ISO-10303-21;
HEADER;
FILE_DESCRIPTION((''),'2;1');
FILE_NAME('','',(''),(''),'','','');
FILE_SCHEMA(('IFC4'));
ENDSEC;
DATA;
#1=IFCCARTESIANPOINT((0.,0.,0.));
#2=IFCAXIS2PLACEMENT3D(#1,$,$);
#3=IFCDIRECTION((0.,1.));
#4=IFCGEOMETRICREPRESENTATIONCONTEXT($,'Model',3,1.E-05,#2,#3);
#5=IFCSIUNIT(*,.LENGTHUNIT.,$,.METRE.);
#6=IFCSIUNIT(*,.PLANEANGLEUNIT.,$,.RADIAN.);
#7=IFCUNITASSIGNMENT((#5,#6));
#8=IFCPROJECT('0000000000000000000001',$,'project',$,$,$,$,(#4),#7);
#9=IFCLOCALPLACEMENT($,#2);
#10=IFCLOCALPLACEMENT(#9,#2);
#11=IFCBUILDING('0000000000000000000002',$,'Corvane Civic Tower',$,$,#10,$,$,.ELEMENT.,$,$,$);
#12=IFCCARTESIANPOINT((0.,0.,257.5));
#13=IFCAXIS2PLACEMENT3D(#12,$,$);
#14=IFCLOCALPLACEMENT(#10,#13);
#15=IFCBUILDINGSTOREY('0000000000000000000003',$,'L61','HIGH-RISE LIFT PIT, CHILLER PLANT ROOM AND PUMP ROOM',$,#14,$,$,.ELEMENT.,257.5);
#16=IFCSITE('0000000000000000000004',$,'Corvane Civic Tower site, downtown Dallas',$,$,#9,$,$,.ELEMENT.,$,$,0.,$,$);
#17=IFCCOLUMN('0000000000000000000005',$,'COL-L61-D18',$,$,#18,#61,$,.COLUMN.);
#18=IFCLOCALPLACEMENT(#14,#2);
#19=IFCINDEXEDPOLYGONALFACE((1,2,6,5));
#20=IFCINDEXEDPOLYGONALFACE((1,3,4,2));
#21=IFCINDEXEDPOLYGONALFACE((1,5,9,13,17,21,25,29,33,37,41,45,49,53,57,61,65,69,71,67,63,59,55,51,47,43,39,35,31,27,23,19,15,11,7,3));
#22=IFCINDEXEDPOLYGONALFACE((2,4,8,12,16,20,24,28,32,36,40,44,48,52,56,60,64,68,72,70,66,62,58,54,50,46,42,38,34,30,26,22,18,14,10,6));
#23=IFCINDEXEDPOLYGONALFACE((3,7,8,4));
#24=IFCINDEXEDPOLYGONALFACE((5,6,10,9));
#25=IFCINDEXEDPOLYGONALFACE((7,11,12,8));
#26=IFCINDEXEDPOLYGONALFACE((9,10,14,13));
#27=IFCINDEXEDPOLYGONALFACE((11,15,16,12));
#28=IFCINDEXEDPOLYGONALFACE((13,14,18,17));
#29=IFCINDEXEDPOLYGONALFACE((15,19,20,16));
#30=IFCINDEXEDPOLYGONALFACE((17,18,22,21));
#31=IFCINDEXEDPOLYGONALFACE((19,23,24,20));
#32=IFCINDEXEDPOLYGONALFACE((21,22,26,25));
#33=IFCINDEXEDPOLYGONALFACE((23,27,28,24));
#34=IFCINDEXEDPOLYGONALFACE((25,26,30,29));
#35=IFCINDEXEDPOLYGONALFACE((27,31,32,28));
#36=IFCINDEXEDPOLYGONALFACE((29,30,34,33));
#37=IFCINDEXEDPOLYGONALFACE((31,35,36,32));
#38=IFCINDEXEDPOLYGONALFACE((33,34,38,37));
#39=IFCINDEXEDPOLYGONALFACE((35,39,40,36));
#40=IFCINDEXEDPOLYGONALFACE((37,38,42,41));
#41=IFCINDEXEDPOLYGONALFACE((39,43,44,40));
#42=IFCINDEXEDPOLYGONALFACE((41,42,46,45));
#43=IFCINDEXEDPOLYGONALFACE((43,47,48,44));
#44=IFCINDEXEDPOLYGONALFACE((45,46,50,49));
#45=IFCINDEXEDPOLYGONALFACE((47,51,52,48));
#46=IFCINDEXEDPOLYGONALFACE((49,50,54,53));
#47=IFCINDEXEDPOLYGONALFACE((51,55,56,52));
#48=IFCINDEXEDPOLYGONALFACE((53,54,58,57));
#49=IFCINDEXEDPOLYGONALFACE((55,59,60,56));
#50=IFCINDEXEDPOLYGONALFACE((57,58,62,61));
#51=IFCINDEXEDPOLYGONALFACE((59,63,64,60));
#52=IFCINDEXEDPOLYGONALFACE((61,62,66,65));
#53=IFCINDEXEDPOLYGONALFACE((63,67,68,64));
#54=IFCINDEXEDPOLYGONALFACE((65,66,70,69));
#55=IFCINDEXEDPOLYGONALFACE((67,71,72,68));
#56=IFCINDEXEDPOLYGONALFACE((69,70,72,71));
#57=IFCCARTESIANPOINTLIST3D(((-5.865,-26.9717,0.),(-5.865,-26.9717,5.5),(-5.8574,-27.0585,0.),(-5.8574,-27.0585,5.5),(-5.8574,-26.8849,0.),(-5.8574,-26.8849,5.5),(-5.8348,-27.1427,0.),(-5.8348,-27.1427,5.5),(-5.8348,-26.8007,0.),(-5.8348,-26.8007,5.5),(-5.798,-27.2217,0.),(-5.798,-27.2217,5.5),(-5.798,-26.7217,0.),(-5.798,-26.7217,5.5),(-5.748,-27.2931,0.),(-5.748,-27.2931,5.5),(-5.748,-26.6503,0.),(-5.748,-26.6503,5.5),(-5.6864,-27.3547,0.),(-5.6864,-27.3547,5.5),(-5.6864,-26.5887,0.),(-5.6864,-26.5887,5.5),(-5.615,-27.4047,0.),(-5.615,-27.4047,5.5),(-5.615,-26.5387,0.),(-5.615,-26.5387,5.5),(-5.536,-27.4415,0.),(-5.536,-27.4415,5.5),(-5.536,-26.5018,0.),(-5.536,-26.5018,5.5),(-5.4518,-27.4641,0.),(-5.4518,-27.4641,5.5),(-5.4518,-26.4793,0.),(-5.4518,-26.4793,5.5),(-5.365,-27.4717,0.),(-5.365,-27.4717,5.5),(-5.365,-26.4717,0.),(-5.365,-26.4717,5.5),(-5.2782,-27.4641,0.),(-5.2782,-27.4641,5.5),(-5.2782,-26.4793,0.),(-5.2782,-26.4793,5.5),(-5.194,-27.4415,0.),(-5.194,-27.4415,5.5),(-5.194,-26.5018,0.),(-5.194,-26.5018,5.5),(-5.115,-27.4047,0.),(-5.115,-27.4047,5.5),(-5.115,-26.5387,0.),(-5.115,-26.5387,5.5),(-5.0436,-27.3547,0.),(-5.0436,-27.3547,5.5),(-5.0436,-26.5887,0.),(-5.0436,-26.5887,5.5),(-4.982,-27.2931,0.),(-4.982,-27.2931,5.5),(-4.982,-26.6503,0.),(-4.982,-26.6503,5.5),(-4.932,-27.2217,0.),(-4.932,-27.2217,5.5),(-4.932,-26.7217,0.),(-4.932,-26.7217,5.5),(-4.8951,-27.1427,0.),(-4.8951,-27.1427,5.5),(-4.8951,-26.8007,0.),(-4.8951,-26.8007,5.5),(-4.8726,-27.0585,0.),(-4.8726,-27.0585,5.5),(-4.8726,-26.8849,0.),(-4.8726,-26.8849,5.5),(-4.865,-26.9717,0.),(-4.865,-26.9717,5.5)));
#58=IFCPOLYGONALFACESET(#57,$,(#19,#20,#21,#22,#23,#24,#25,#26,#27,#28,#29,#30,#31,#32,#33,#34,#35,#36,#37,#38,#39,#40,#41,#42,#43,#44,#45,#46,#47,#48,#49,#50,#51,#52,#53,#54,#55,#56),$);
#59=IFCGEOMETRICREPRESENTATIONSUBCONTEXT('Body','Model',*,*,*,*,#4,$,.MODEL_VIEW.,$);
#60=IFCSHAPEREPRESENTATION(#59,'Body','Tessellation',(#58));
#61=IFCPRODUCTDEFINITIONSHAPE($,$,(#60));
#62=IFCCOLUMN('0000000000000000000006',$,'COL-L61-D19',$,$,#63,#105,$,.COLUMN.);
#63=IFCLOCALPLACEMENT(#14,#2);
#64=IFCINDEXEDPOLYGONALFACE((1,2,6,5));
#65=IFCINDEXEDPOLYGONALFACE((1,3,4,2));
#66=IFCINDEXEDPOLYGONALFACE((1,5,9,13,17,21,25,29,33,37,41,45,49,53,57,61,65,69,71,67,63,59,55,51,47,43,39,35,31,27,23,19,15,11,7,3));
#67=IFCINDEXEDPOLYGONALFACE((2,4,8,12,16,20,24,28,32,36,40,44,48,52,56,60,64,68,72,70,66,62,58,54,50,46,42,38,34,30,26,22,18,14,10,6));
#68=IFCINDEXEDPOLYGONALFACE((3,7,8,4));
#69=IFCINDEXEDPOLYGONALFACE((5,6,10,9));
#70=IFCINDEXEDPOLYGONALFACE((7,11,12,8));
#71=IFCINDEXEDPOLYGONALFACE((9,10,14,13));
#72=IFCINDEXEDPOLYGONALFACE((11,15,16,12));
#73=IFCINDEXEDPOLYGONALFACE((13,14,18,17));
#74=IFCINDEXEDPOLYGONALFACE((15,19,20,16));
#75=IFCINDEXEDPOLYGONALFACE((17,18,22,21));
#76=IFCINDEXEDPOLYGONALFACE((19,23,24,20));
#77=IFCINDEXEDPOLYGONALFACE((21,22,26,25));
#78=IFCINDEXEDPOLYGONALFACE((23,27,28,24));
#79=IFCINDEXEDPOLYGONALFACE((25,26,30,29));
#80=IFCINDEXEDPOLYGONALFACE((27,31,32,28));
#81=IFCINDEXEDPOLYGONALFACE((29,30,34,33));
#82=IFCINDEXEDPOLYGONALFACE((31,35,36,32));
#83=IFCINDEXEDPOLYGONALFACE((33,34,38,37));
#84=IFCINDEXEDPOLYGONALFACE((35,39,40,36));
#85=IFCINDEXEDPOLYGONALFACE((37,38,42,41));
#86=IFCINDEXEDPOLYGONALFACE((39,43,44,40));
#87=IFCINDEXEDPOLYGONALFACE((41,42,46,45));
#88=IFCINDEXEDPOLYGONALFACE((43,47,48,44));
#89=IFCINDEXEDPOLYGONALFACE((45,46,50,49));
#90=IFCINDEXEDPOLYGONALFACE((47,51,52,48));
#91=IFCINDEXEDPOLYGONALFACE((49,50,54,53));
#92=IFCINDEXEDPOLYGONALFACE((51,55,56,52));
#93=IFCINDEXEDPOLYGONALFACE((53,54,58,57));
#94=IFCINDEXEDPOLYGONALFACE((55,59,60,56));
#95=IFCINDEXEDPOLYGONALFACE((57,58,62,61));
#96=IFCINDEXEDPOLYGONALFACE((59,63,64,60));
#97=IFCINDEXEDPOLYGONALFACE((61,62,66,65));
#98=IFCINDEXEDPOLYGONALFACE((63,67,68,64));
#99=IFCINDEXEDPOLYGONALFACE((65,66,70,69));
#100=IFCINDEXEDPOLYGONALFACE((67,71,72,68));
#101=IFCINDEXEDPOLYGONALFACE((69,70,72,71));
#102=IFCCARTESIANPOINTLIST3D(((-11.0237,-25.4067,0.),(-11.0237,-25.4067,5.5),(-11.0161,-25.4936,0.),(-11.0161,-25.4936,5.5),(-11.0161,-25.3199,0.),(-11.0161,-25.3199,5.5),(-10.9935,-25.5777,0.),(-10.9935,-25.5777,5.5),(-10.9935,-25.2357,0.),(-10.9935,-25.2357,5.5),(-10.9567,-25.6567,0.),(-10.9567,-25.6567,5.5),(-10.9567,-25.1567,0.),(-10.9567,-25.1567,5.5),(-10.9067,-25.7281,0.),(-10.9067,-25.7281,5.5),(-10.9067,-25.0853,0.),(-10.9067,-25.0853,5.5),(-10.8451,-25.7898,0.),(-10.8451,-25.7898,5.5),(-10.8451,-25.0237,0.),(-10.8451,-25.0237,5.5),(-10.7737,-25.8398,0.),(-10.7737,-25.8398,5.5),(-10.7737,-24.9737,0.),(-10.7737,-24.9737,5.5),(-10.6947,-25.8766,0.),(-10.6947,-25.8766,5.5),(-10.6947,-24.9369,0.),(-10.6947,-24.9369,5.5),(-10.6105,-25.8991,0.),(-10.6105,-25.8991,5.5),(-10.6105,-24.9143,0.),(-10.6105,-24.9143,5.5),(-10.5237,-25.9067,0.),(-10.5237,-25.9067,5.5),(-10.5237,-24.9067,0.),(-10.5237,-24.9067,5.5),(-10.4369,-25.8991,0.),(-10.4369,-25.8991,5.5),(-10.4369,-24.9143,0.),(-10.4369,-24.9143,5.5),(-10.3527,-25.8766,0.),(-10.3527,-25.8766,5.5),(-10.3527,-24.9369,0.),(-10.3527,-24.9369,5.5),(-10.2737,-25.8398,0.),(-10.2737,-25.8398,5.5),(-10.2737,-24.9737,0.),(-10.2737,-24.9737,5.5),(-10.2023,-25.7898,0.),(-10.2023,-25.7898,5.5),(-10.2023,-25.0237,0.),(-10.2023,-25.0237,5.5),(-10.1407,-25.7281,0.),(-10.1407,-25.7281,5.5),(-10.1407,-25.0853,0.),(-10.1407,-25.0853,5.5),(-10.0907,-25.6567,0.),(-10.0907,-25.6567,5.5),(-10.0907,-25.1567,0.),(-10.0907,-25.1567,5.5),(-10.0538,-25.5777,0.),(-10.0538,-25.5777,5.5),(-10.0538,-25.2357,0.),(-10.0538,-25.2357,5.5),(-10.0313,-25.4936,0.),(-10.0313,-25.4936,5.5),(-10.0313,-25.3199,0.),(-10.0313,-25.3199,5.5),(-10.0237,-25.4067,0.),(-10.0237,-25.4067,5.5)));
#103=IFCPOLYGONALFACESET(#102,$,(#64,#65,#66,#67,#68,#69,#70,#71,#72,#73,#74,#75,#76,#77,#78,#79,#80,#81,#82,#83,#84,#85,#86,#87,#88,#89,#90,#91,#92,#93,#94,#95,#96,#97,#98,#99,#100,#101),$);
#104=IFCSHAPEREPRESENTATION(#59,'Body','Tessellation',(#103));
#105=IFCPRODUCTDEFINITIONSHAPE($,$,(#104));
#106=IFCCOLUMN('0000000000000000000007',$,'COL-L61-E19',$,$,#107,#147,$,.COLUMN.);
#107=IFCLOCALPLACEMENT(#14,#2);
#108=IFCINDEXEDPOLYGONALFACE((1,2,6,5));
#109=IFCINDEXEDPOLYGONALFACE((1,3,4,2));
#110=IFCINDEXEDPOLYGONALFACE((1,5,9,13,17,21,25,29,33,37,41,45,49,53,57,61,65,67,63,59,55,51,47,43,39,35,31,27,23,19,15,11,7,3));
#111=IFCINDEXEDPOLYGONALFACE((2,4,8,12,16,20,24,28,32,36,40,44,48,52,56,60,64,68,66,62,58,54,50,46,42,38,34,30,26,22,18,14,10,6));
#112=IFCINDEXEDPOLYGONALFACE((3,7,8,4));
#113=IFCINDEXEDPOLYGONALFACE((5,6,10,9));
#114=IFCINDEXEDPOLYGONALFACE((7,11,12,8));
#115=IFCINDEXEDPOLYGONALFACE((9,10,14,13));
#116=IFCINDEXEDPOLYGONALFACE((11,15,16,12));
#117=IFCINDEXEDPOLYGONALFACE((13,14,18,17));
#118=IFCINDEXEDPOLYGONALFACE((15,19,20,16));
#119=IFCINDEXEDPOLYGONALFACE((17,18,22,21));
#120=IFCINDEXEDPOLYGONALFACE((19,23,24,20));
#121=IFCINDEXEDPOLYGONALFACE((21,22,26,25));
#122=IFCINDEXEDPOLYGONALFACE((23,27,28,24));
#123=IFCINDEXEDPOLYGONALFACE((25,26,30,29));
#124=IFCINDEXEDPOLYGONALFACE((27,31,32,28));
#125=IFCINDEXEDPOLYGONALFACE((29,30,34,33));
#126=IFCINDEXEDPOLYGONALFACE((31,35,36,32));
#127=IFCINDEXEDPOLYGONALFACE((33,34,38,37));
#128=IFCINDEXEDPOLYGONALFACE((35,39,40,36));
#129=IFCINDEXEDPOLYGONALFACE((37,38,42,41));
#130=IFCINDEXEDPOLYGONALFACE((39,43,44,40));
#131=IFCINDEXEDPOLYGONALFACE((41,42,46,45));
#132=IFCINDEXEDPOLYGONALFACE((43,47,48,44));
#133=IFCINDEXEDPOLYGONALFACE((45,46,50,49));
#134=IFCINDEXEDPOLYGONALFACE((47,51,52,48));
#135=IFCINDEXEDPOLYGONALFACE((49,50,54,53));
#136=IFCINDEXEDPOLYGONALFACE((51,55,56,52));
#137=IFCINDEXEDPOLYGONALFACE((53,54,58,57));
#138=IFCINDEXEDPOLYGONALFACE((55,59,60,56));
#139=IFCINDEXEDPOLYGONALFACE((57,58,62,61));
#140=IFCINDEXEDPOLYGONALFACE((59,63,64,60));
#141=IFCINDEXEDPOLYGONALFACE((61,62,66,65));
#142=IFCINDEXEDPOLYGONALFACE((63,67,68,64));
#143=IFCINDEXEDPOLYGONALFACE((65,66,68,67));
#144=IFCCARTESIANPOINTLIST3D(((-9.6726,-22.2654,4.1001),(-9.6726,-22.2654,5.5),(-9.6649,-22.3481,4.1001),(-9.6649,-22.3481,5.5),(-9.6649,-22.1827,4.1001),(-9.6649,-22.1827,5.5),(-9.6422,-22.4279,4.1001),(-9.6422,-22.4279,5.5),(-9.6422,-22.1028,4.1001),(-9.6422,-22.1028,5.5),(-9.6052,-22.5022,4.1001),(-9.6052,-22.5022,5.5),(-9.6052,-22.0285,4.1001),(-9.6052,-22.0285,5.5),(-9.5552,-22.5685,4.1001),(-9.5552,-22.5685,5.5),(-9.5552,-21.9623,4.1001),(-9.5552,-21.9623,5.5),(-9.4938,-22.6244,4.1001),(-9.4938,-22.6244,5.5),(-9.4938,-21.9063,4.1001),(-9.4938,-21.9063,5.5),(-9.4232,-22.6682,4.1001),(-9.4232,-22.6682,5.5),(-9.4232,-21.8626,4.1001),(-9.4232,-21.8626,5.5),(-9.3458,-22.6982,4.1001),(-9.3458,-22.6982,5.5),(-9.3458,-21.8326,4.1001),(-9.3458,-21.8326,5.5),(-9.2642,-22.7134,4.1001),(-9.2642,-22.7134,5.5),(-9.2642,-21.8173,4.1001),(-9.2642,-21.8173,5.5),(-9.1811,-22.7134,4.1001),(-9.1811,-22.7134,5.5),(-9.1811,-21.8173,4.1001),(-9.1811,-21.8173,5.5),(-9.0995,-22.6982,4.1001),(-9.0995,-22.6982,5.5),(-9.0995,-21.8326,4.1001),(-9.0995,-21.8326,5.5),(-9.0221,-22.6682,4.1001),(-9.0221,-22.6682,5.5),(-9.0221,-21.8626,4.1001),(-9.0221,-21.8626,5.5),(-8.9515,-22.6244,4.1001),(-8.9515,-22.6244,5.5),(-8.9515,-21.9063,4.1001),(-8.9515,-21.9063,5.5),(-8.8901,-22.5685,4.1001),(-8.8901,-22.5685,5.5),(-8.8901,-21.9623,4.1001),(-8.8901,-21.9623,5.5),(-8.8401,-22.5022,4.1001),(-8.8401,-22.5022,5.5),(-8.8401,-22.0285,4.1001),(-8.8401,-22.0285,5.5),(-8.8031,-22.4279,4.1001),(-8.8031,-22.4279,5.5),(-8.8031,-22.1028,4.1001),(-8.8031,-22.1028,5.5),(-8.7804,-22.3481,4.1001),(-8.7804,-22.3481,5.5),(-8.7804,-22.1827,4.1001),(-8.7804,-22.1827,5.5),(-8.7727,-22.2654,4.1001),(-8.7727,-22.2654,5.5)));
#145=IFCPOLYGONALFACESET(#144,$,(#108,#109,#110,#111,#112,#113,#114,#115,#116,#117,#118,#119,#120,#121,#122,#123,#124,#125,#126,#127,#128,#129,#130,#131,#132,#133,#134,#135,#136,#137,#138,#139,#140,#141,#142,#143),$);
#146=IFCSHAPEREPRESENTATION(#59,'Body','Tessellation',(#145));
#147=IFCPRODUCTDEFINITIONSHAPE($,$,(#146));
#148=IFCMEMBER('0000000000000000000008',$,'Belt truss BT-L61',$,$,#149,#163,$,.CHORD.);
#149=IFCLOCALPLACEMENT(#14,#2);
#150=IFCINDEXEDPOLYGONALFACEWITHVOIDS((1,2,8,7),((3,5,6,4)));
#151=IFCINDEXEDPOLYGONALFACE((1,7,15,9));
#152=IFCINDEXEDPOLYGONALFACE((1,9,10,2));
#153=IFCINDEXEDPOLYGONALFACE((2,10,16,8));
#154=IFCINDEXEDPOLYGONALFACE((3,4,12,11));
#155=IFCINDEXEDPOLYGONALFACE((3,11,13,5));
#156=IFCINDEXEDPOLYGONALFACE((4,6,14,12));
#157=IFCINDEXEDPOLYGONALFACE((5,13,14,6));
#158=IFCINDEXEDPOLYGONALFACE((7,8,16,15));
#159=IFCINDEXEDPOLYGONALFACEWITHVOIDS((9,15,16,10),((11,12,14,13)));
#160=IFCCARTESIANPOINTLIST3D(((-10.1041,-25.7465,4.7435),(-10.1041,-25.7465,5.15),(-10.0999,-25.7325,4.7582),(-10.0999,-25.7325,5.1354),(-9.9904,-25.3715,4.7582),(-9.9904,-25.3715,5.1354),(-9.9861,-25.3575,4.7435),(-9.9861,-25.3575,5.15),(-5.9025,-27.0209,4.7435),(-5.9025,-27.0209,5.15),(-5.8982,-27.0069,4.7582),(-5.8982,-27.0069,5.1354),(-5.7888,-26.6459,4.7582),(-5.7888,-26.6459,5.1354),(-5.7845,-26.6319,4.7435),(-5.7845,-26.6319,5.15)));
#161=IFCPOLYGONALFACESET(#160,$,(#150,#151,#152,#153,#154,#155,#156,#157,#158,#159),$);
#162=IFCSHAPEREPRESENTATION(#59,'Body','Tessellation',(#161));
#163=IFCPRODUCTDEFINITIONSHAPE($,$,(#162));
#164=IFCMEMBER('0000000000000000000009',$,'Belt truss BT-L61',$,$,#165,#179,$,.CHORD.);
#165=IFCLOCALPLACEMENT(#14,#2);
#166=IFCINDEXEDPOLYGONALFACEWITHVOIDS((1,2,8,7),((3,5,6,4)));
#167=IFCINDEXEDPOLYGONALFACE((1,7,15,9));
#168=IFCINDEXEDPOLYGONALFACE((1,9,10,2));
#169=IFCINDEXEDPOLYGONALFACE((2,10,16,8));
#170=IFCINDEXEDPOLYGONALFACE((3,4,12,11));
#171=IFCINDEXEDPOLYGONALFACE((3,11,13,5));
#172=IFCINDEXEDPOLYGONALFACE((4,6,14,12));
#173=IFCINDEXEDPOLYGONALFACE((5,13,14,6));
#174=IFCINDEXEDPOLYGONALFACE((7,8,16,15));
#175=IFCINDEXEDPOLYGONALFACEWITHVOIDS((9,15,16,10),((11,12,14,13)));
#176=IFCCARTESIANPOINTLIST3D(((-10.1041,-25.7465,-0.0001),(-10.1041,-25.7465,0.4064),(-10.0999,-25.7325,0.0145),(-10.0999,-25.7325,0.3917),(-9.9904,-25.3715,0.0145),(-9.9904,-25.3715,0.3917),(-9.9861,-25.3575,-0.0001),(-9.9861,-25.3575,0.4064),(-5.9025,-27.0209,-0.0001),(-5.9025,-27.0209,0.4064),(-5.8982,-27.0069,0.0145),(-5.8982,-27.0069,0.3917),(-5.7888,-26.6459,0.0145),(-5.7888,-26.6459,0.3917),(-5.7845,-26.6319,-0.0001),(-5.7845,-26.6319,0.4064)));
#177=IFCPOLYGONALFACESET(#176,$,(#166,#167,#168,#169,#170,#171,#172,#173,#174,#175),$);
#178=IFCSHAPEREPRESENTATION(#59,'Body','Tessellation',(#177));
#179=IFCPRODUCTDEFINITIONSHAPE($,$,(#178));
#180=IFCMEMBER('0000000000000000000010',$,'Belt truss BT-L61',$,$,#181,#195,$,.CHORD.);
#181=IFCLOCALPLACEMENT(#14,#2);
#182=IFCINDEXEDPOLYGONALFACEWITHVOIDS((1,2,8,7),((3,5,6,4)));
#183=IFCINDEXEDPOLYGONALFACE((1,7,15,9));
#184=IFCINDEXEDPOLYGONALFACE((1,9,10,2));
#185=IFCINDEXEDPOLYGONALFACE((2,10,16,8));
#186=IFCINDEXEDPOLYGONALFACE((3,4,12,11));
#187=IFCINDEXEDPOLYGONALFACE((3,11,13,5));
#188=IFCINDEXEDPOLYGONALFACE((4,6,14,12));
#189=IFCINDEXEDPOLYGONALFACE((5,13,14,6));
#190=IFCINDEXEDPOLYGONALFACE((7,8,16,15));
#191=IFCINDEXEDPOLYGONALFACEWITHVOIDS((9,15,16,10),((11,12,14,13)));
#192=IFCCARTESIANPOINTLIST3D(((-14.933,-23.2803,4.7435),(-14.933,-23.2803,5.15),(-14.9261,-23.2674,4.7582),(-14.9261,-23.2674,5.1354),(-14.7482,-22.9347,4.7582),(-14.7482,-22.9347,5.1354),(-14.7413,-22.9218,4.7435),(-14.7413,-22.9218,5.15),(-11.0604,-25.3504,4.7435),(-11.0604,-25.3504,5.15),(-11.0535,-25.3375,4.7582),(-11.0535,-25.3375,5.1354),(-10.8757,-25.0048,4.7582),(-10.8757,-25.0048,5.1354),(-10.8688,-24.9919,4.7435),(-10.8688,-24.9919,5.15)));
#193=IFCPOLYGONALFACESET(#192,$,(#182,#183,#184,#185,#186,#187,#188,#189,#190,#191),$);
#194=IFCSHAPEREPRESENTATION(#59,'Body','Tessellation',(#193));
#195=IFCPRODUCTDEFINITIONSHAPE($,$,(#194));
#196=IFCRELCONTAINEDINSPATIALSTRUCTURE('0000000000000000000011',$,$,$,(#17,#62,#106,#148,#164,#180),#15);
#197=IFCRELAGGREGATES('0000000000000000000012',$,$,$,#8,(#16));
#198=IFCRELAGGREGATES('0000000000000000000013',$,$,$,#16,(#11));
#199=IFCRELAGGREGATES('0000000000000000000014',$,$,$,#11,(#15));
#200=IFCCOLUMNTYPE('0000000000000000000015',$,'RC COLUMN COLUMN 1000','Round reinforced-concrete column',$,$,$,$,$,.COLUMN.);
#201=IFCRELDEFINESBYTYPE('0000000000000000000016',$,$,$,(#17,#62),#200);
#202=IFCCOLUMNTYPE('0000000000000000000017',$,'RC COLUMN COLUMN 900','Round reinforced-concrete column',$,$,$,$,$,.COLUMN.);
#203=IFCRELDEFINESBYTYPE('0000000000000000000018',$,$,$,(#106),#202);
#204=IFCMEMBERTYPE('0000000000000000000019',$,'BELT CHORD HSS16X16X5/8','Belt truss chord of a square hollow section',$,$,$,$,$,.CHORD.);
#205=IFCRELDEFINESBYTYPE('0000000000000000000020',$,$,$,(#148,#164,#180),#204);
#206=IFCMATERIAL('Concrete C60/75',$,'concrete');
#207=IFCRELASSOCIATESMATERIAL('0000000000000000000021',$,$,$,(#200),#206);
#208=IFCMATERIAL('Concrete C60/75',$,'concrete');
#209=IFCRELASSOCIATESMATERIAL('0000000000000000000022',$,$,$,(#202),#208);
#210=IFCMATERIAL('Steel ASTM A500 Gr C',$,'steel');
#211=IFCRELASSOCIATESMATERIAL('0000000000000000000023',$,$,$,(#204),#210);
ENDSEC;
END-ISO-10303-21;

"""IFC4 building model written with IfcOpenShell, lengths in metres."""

from ifc_helpers import new_model, si_unit, direction, frame, origin, origin_2d, place, context, subcontext, project, spatial, hollow_rectangle, circle, extrude, material, material_profile, profile_set, type_object, element, save


model = new_model("IFC4")

# Units and contexts
model_context = context("Model", 3, precision=1e-05, world=origin(), true_north=direction((0.0, 1.0)))
body_context = subcontext(model_context, "Body", "Model", "MODEL_VIEW")
ifc_project = project(units=[si_unit("LENGTHUNIT", "METRE"), si_unit("PLANEANGLEUNIT", "RADIAN")], contexts=[model_context])

# Site, building, storey
site_placement = place(None, origin())
site = spatial("IfcSite", under=ifc_project, at=site_placement, Name="Corvane Civic Tower site, downtown Dallas", CompositionType="ELEMENT", RefElevation=0.0)
building_placement = place(site_placement, origin())
building = spatial("IfcBuilding", under=site, at=building_placement, Name="Corvane Civic Tower", CompositionType="ELEMENT")
storey_placement = place(building_placement, frame((0.0, 0.0, 257.5)))
storey = spatial("IfcBuildingStorey", under=building, at=storey_placement, Name="L61", Description="HIGH-RISE LIFT PIT, CHILLER PLANT ROOM AND PUMP ROOM", CompositionType="ELEMENT", Elevation=257.5)

# Columns
ifc_material_1 = material(Name="Concrete C60/75", Category="concrete")
ifc_material_profile_1 = material_profile(ifc_material_1, circle(Radius=0.5, at=origin_2d()), Name="COLUMN 1000")
ifc_profile_set_1 = profile_set([ifc_material_profile_1], Name="Concrete C60/75")
column_type_1 = type_object("IfcColumnType", Name="RC COLUMN COLUMN 1000", Description="Round reinforced-concrete column", PredefinedType="COLUMN", material=ifc_profile_set_1)
for number, where, z_axis, x_axis, name in (
    (1, (-5.365, -26.9717, 0.0), (0.0, 0.0, 1.0), (1.0, 0.0, 0.0), "COL-L61-D18"),
    (2, (-10.5237, -25.4067, 0.0), (0.0, 0.0, 1.0), (1.0, 0.0, 0.0), "COL-L61-D19"),
):
    element("IfcColumn", number, at=place(storey_placement, frame(where, z_axis=z_axis, x_axis=x_axis)), inside=storey, type_object=column_type_1, Name=name, PredefinedType="COLUMN", context=body_context, shape_type="SweptSolid", body=[
        extrude(circle(Radius=0.5, at=origin_2d()), origin(), (0.0, 0.0, 1.0), 5.5),
    ])
ifc_material_2 = material(Name="Concrete C60/75", Category="concrete")
ifc_material_profile_2 = material_profile(ifc_material_2, circle(Radius=0.45, at=origin_2d()), Name="COLUMN 900")
ifc_profile_set_2 = profile_set([ifc_material_profile_2], Name="Concrete C60/75")
column_type_2 = type_object("IfcColumnType", Name="RC COLUMN COLUMN 900", Description="Round reinforced-concrete column", PredefinedType="COLUMN", material=ifc_profile_set_2)
column_placement = place(storey_placement, frame((-9.2227, -22.2654, 4.1001), z_axis=(0.0, 0.0, 1.0), x_axis=(1.0, 0.0, 0.0)))
element("IfcColumn", 3, at=column_placement, inside=storey, type_object=column_type_2, Name="COL-L61-E19", PredefinedType="COLUMN", context=body_context, shape_type="SweptSolid", body=[
    extrude(circle(Radius=0.45, at=origin_2d()), origin(), (0.0, 0.0, 1.0), 1.3999),
])

# Members
ifc_material_3 = material(Name="Steel ASTM A500 Gr C", Category="steel")
ifc_material_profile_3 = material_profile(ifc_material_3, hollow_rectangle(XDim=0.4065, YDim=0.4065, WallThickness=0.0146, at=origin_2d()), Name="HSS16X16X5/8")
ifc_profile_set_3 = profile_set([ifc_material_profile_3], Name="Steel ASTM A500 Gr C")
member_type_1 = type_object("IfcMemberType", Name="BELT CHORD HSS16X16X5/8", Description="Belt truss chord of a square hollow section", PredefinedType="CHORD", material=ifc_profile_set_3)
for number, where, z_axis, x_axis, name in (
    (4, (-5.8435, -26.8264, 4.9468), (-0.95695, 0.290254, 0.0), (-0.290254, -0.95695, 0.0), "Belt truss BT-L61"),
    (5, (-5.8435, -26.8264, 0.2031), (-0.95695, 0.290254, 0.0), (-0.290254, -0.95695, 0.0), "Belt truss BT-L61"),
):
    element("IfcMember", number, at=place(storey_placement, frame(where, z_axis=z_axis, x_axis=x_axis)), inside=storey, type_object=member_type_1, Name=name, PredefinedType="CHORD", context=body_context, shape_type="SweptSolid", body=[
        extrude(hollow_rectangle(XDim=0.4065, YDim=0.4065, WallThickness=0.0146, at=origin_2d()), origin(), (0.0, 0.0, 1.0), 4.3906),
    ])
for number, where, z_axis, x_axis, name in (
    (6, (-10.9646, -25.1711, 4.9468), (-0.881908, 0.471422, 0.0), (-0.471422, -0.881908, 0.0), "Belt truss BT-L61"),
):
    element("IfcMember", number, at=place(storey_placement, frame(where, z_axis=z_axis, x_axis=x_axis)), inside=storey, type_object=member_type_1, Name=name, PredefinedType="CHORD", context=body_context, shape_type="SweptSolid", body=[
        extrude(hollow_rectangle(XDim=0.4065, YDim=0.4065, WallThickness=0.0146, at=origin_2d()), origin(), (0.0, 0.0, 1.0), 4.3911),
    ])

save(model, "model.ifc")
